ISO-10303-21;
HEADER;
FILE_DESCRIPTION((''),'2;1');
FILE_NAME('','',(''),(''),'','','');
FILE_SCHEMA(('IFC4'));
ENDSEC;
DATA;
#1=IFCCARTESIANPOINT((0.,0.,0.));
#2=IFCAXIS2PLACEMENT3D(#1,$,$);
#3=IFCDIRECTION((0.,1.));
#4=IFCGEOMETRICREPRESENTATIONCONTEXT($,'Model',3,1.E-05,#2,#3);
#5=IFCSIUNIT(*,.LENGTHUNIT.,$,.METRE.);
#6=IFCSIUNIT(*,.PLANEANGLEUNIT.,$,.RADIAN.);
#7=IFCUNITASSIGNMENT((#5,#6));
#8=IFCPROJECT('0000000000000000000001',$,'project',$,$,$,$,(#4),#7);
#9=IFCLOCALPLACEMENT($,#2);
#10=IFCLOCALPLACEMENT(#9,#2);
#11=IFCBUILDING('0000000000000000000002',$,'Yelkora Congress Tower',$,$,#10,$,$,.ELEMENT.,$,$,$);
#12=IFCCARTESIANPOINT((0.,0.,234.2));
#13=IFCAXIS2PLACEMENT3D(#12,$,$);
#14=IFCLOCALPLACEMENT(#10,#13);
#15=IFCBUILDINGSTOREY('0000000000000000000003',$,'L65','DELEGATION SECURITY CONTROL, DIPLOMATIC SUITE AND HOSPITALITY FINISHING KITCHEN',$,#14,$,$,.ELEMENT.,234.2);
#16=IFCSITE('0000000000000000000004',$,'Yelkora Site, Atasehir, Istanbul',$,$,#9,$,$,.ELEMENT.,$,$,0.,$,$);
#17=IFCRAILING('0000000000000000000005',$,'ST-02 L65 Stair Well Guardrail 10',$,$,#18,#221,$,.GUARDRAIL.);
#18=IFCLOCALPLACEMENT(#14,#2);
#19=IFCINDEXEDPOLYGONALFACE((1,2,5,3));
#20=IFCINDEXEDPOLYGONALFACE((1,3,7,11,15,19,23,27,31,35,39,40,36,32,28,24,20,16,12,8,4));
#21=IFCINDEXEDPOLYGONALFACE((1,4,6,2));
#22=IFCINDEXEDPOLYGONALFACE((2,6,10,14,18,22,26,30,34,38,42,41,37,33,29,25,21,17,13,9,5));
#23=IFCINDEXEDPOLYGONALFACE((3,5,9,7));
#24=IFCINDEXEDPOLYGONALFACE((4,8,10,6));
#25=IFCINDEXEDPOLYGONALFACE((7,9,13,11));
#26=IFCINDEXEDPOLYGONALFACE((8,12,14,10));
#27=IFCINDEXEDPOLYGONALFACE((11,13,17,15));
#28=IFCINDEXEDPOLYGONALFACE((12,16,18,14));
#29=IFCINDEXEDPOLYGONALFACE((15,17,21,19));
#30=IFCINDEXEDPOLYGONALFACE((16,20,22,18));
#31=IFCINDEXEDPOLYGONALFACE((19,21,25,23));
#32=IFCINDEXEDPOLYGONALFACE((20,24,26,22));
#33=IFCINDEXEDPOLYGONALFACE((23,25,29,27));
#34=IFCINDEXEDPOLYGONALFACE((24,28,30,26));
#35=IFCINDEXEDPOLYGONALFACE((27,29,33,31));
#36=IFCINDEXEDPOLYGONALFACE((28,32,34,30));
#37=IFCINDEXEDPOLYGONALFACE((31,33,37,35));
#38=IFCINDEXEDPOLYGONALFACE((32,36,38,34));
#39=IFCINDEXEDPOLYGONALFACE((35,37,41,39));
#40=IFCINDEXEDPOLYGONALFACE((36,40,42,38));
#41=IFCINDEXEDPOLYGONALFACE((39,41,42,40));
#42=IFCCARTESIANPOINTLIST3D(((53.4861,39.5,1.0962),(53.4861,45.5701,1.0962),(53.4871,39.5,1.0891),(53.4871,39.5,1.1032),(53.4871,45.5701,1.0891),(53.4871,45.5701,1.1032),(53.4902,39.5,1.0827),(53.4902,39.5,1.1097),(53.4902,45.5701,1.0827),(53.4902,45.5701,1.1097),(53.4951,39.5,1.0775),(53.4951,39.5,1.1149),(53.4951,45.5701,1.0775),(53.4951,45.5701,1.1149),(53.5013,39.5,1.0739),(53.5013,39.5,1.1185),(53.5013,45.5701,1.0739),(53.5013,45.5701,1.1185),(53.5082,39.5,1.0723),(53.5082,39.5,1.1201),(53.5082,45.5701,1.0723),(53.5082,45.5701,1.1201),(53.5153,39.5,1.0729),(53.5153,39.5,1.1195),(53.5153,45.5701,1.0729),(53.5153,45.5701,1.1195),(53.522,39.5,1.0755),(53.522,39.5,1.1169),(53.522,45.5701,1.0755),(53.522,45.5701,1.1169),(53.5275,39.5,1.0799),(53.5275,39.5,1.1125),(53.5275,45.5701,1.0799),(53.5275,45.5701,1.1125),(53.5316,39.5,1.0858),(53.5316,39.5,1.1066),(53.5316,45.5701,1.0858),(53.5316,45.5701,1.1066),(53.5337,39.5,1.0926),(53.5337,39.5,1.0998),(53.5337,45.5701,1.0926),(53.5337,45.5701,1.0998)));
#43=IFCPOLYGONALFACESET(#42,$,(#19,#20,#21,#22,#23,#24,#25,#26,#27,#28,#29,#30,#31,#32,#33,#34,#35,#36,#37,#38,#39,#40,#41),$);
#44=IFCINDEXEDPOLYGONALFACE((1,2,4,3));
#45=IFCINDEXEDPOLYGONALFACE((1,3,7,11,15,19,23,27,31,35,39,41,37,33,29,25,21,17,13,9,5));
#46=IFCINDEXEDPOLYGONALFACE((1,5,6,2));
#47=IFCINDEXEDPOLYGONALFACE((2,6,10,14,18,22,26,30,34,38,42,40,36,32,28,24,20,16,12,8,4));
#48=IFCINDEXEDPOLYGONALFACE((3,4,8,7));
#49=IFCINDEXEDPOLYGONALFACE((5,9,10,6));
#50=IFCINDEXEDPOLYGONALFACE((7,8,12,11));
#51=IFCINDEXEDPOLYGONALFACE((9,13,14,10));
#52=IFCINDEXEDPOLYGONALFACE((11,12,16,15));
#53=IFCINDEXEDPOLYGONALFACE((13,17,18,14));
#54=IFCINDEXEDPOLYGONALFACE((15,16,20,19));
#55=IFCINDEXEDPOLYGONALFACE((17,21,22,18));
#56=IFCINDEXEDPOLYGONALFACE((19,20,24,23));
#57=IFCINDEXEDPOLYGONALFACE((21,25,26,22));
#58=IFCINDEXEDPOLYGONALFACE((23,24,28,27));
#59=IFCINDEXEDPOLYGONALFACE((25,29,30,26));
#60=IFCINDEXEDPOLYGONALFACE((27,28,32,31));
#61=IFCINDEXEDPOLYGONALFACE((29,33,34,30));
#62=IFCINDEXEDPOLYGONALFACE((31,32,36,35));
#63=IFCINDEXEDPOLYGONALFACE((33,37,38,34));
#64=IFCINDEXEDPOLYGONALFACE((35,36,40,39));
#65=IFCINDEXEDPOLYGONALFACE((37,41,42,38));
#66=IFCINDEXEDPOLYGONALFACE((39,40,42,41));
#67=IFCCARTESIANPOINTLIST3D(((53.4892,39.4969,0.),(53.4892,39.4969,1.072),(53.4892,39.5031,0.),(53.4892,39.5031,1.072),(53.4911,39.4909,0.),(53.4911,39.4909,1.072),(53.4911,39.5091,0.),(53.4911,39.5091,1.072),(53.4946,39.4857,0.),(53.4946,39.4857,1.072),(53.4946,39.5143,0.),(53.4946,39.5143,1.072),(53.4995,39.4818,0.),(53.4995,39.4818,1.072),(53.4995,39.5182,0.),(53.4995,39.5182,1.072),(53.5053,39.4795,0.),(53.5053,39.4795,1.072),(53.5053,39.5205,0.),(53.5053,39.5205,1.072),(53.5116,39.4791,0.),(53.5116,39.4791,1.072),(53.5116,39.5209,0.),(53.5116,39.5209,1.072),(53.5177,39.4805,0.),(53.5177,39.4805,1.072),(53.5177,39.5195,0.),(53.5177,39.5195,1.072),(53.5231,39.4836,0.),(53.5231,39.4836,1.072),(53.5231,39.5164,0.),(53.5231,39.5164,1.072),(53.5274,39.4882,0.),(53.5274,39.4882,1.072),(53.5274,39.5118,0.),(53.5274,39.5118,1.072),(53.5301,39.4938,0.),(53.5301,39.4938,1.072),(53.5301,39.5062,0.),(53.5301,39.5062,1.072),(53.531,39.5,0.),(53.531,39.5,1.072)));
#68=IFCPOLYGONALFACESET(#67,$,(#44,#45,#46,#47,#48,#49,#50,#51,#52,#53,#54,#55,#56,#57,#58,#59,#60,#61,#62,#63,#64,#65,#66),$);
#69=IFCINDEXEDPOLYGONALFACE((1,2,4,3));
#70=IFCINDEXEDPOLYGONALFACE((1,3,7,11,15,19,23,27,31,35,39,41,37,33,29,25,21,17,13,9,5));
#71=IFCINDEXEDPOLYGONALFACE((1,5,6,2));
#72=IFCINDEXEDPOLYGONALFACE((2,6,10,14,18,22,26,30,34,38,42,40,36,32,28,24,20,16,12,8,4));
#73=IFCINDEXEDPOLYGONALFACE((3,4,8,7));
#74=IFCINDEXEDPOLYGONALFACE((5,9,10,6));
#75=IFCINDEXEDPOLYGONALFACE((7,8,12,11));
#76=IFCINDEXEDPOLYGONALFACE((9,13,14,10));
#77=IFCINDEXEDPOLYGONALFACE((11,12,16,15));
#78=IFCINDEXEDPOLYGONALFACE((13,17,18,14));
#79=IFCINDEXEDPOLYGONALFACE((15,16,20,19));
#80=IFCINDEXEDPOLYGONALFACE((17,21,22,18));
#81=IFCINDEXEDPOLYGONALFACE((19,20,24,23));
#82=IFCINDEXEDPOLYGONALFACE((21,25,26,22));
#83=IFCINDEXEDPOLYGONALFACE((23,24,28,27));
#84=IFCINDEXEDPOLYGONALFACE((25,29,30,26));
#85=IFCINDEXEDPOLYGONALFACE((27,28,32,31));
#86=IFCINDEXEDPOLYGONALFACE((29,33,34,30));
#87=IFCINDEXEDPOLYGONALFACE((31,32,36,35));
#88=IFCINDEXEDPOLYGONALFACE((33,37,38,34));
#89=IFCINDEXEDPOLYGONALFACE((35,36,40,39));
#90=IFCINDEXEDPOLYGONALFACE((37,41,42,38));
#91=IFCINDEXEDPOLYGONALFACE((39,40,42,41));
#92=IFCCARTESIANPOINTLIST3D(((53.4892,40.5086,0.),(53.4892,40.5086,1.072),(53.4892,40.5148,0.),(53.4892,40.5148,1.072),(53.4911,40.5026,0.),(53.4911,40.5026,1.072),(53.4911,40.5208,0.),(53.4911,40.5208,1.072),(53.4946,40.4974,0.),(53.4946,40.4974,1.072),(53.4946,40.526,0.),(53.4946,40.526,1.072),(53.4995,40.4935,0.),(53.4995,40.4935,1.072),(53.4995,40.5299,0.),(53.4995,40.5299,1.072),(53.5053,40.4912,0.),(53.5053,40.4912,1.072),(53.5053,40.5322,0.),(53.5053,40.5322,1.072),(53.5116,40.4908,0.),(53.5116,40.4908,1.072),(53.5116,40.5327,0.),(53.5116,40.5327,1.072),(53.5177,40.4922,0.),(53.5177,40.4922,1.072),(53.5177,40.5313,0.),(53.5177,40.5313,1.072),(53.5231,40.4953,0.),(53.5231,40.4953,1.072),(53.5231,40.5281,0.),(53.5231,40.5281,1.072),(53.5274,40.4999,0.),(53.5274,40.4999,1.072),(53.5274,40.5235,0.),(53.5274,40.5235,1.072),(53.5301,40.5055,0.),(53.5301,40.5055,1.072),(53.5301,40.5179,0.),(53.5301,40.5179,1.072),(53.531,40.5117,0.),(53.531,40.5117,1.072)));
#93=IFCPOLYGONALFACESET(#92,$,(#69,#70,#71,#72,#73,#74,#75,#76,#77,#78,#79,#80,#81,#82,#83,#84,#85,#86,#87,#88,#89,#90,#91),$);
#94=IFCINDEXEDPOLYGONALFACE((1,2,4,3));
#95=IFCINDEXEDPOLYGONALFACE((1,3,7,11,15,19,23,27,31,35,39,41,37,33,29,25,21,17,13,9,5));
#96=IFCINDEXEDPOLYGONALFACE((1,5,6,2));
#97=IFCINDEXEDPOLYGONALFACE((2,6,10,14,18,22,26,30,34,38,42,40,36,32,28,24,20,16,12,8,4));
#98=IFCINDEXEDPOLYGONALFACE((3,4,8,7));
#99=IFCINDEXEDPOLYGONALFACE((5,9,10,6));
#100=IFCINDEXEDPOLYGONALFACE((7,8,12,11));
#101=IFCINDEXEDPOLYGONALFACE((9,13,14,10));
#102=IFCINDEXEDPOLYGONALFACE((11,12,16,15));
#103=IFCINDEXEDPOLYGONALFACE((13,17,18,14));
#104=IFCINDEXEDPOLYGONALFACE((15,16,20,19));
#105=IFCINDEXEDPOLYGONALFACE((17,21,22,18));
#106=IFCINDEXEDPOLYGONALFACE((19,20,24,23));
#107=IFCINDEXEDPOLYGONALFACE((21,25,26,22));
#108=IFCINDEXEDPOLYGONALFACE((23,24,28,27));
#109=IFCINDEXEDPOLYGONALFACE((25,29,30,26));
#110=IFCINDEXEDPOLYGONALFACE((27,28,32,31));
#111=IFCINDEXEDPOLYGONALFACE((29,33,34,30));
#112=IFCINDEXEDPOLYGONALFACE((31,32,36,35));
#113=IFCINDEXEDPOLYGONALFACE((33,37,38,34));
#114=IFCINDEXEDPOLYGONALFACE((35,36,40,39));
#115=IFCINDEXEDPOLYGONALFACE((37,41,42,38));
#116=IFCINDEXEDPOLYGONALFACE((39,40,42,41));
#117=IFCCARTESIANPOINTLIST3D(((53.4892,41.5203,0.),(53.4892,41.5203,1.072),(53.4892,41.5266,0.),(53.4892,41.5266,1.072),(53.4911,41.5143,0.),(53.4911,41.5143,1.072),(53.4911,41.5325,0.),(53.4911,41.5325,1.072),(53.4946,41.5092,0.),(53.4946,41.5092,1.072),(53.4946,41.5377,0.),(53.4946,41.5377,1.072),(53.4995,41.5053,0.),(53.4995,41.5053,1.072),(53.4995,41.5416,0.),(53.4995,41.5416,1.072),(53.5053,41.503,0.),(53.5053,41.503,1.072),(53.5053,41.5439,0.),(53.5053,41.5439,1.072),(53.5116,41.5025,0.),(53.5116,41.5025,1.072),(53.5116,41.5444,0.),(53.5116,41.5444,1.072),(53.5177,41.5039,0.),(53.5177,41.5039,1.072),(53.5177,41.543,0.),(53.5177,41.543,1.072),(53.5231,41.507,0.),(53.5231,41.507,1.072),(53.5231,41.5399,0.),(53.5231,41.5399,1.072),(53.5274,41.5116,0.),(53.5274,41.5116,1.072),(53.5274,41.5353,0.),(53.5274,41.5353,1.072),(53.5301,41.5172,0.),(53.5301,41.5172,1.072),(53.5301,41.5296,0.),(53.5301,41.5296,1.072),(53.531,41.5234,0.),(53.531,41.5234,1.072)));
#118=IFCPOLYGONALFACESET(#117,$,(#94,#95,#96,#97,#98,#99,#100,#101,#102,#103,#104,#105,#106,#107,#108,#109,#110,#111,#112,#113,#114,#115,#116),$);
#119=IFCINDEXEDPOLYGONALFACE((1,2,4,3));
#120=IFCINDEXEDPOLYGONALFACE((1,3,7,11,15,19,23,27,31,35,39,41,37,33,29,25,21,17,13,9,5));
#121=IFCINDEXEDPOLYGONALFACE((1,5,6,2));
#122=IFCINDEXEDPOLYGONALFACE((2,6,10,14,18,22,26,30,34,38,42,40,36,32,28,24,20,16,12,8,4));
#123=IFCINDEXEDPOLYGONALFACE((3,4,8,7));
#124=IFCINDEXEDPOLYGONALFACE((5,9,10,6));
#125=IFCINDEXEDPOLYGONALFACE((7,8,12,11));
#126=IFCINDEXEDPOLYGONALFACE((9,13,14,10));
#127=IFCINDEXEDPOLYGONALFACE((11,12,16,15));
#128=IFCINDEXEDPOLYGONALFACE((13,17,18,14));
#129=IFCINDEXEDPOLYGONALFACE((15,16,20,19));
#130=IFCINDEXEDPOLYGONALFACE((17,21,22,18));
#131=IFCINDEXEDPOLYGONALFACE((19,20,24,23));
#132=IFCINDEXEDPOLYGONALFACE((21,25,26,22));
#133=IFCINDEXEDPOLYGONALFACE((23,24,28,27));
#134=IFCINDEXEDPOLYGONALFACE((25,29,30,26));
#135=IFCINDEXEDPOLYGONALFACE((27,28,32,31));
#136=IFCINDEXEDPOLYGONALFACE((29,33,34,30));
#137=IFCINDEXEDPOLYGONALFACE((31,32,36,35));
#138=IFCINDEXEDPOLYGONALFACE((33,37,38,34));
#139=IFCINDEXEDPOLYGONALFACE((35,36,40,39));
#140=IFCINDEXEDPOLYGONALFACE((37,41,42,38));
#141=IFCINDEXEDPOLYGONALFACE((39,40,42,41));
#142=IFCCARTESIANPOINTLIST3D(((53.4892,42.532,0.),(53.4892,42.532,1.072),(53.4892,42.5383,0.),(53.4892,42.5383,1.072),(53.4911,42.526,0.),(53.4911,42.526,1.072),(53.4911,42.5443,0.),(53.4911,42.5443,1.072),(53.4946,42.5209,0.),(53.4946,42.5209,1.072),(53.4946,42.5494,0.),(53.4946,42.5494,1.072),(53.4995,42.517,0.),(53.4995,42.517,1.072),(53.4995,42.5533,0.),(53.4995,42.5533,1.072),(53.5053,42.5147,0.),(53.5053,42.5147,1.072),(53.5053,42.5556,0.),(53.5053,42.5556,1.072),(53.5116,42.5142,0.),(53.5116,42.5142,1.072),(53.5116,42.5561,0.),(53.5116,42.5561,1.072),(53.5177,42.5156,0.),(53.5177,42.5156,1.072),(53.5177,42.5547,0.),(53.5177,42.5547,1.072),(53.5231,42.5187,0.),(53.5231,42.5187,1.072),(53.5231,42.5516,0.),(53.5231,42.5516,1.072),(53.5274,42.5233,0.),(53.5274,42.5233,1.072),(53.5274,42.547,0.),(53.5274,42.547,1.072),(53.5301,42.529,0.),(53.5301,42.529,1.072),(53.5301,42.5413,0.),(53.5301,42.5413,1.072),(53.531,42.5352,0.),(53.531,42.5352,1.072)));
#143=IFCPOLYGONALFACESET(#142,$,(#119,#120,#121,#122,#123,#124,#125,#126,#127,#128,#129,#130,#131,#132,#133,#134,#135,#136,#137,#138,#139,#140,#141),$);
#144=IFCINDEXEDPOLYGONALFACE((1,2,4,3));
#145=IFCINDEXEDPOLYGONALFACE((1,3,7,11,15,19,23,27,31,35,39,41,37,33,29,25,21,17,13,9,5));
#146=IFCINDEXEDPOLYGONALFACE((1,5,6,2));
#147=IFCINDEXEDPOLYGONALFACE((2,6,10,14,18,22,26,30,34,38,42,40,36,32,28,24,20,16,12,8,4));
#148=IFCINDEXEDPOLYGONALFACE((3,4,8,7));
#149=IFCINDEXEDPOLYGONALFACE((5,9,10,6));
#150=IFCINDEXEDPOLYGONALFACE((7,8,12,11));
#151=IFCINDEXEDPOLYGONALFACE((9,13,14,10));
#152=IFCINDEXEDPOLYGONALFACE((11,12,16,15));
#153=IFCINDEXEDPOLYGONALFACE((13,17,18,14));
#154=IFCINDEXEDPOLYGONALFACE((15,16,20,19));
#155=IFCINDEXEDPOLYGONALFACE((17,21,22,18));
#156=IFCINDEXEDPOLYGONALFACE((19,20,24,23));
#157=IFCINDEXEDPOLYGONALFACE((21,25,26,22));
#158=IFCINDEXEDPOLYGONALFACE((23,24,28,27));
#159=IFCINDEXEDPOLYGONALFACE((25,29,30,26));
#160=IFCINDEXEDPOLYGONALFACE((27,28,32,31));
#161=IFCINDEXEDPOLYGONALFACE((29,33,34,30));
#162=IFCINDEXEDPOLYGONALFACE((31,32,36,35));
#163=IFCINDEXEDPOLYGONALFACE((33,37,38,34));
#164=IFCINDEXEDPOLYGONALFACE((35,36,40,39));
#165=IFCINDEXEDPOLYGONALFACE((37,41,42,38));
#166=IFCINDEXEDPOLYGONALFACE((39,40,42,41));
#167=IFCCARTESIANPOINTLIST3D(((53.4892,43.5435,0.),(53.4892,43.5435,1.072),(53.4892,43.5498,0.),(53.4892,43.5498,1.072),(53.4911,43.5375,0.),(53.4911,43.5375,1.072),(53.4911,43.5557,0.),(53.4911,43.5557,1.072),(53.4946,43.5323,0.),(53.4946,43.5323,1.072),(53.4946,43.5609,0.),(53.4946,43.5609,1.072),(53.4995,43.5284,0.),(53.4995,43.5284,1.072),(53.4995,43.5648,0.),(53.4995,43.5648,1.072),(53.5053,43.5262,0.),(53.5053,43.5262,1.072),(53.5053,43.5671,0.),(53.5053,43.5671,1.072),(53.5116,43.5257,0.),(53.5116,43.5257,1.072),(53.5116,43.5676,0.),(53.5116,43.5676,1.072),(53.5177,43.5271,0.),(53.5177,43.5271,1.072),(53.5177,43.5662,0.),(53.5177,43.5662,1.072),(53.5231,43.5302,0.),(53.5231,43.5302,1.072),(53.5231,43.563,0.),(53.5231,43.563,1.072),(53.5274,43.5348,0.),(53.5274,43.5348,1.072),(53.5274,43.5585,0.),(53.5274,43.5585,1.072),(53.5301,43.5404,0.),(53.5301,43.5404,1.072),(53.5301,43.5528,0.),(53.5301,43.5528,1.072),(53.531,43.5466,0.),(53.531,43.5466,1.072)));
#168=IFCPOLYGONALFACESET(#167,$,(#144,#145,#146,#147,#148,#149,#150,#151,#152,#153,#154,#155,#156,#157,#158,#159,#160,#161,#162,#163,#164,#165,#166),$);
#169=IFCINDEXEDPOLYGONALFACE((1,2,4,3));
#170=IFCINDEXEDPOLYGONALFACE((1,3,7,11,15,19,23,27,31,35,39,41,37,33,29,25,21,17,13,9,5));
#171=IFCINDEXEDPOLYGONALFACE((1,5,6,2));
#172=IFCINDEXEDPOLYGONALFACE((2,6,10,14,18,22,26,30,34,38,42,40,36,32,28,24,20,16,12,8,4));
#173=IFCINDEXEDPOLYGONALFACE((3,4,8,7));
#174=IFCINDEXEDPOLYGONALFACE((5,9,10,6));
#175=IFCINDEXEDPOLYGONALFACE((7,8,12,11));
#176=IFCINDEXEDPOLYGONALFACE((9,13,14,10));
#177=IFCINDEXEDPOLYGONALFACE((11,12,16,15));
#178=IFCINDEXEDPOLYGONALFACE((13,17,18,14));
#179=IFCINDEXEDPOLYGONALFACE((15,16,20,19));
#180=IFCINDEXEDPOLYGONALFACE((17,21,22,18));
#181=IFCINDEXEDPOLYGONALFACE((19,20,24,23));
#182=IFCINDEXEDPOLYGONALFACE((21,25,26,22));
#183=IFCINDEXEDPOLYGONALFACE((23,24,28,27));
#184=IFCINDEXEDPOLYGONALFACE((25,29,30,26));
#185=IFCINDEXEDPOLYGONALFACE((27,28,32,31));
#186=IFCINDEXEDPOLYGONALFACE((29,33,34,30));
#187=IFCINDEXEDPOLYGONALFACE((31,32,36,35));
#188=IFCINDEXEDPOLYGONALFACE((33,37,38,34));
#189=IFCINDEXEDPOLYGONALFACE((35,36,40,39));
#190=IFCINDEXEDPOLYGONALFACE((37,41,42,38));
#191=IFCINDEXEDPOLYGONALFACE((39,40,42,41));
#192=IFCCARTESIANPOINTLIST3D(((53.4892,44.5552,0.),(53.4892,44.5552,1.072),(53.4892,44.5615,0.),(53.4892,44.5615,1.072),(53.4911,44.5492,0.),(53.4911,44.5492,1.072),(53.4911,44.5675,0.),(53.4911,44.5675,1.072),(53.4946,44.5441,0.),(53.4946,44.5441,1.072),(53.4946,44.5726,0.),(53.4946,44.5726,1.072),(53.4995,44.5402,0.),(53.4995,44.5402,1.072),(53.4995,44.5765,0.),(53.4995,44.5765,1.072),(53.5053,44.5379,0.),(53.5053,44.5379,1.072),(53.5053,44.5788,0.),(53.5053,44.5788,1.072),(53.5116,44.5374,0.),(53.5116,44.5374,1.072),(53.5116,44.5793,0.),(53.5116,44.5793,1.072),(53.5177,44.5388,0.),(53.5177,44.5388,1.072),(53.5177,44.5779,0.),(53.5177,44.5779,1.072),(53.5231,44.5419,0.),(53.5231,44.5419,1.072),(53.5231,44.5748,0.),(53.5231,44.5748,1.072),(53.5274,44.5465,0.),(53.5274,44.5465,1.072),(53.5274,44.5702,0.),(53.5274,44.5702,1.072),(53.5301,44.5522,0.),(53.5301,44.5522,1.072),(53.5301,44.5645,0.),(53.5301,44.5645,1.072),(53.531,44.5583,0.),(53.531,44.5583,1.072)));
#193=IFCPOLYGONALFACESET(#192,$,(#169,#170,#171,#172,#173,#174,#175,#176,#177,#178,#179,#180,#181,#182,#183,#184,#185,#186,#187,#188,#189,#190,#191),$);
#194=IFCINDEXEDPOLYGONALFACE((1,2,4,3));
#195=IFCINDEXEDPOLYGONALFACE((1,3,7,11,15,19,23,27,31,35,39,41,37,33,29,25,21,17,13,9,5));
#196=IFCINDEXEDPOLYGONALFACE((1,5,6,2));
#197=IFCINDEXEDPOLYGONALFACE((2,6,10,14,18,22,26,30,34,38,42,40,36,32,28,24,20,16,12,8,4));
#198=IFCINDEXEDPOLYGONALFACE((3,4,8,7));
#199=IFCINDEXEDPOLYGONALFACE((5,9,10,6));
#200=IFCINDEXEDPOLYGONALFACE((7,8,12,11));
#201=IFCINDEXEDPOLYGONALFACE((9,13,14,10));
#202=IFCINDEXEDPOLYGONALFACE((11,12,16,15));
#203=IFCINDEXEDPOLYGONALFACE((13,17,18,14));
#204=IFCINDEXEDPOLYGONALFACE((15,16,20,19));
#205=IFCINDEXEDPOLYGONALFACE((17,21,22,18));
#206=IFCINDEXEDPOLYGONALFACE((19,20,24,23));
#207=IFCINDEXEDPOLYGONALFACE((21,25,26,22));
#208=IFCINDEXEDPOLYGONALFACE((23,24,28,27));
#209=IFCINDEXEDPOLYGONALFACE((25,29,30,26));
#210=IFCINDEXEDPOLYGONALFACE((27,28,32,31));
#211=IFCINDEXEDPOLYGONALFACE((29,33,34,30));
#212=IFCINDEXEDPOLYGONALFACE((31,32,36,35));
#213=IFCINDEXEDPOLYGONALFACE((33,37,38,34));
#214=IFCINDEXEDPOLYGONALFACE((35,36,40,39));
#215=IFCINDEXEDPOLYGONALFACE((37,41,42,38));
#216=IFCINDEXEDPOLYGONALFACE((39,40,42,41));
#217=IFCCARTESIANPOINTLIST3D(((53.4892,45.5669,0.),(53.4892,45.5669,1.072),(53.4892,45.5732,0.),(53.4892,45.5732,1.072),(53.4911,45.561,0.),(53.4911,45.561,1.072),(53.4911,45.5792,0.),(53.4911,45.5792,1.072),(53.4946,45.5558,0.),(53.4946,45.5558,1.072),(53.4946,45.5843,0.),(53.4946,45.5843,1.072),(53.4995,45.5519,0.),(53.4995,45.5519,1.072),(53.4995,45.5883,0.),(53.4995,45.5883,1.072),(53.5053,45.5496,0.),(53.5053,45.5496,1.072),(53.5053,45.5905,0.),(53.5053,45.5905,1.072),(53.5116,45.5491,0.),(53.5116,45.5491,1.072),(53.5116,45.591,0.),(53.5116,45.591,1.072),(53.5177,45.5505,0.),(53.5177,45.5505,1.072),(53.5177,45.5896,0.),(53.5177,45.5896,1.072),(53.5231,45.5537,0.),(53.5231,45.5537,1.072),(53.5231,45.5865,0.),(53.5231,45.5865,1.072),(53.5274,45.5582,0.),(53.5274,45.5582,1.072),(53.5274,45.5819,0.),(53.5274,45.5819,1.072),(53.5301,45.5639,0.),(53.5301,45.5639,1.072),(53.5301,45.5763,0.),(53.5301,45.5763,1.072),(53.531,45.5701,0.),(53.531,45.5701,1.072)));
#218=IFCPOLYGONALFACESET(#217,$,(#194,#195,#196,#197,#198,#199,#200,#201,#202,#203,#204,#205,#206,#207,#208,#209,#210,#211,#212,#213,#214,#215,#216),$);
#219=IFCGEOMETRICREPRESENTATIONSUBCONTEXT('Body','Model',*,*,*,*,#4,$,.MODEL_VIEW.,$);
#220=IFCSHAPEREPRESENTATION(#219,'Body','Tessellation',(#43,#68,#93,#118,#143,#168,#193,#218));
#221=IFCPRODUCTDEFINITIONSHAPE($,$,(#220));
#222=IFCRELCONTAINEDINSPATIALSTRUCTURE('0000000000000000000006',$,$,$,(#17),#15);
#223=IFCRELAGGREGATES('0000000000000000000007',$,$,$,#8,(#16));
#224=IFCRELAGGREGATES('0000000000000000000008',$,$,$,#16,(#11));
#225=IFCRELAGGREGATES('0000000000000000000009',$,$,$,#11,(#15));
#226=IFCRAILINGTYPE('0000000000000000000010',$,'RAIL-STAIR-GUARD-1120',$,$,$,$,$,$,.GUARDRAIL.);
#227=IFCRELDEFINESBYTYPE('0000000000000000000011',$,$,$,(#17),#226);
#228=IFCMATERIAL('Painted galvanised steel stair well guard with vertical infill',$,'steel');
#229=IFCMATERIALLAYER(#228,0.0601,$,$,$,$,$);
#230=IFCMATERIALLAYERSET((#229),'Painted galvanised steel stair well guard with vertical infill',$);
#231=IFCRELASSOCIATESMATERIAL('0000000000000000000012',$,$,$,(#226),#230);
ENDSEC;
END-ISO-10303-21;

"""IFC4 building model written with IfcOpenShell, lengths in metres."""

from ifc_helpers import new_model, si_unit, direction, frame, origin, origin_2d, place, context, subcontext, project, spatial, circle, extrude, material, layer, layer_set, type_object, element, save


model = new_model("IFC4")

# Units and contexts
model_context = context("Model", 3, precision=1e-05, world=origin(), true_north=direction((0.0, 1.0)))
body_context = subcontext(model_context, "Body", "Model", "MODEL_VIEW")
ifc_project = project(units=[si_unit("LENGTHUNIT", "METRE"), si_unit("PLANEANGLEUNIT", "RADIAN")], contexts=[model_context])

# Site, building, storey
site_placement = place(None, origin())
site = spatial("IfcSite", under=ifc_project, at=site_placement, Name="Yelkora Site, Atasehir, Istanbul", CompositionType="ELEMENT", RefElevation=0.0)
building_placement = place(site_placement, origin())
building = spatial("IfcBuilding", under=site, at=building_placement, Name="Yelkora Congress Tower", CompositionType="ELEMENT")
storey_placement = place(building_placement, frame((0.0, 0.0, 234.2)))
storey = spatial("IfcBuildingStorey", under=building, at=storey_placement, Name="L65", Description="DELEGATION SECURITY CONTROL, DIPLOMATIC SUITE AND HOSPITALITY FINISHING KITCHEN", CompositionType="ELEMENT", Elevation=234.2)

# Railing
ifc_material_1 = material(Name="Painted galvanised steel stair well guard with vertical infill", Category="steel")
ifc_layer_1 = layer(ifc_material_1, 0.0601)
ifc_layer_set_1 = layer_set([ifc_layer_1], Name="Painted galvanised steel stair well guard with vertical infill")
railing_type_1 = type_object("IfcRailingType", Name="RAIL-STAIR-GUARD-1120", PredefinedType="GUARDRAIL", material=ifc_layer_set_1)
railing_1_placement = place(storey_placement, frame((53.51, 39.5, 0.0)))
element("IfcRailing", 1, at=railing_1_placement, inside=storey, type_object=railing_type_1, Name="ST-02 L65 Stair Well Guardrail 10", PredefinedType="GUARDRAIL", context=body_context, shape_type="SweptSolid", body=[
    extrude(circle(Radius=0.0239, at=origin_2d()), frame((0.0, 0.0, 1.0962), z_axis=(0.0, 1.0, 0.0), x_axis=(-1.0, 0.0, 0.0)), (0.0, 0.0, 1.0), 6.0701),
    extrude(circle(Radius=0.021, at=origin_2d()), origin(), (0.0, 0.0, 1.0), 1.072),
    extrude(circle(Radius=0.021, at=origin_2d()), frame((0.0, 1.0117, 0.0)), (0.0, 0.0, 1.0), 1.072),
    extrude(circle(Radius=0.021, at=origin_2d()), frame((0.0, 2.0234, 0.0)), (0.0, 0.0, 1.0), 1.072),
    extrude(circle(Radius=0.021, at=origin_2d()), frame((0.0, 3.0352, 0.0)), (0.0, 0.0, 1.0), 1.072),
    extrude(circle(Radius=0.021, at=origin_2d()), frame((0.0, 4.0466, 0.0)), (0.0, 0.0, 1.0), 1.072),
    extrude(circle(Radius=0.021, at=origin_2d()), frame((0.0, 5.0583, 0.0)), (0.0, 0.0, 1.0), 1.072),
    extrude(circle(Radius=0.021, at=origin_2d()), frame((0.0, 6.0701, 0.0)), (0.0, 0.0, 1.0), 1.072),
])

save(model, "model.ifc")
